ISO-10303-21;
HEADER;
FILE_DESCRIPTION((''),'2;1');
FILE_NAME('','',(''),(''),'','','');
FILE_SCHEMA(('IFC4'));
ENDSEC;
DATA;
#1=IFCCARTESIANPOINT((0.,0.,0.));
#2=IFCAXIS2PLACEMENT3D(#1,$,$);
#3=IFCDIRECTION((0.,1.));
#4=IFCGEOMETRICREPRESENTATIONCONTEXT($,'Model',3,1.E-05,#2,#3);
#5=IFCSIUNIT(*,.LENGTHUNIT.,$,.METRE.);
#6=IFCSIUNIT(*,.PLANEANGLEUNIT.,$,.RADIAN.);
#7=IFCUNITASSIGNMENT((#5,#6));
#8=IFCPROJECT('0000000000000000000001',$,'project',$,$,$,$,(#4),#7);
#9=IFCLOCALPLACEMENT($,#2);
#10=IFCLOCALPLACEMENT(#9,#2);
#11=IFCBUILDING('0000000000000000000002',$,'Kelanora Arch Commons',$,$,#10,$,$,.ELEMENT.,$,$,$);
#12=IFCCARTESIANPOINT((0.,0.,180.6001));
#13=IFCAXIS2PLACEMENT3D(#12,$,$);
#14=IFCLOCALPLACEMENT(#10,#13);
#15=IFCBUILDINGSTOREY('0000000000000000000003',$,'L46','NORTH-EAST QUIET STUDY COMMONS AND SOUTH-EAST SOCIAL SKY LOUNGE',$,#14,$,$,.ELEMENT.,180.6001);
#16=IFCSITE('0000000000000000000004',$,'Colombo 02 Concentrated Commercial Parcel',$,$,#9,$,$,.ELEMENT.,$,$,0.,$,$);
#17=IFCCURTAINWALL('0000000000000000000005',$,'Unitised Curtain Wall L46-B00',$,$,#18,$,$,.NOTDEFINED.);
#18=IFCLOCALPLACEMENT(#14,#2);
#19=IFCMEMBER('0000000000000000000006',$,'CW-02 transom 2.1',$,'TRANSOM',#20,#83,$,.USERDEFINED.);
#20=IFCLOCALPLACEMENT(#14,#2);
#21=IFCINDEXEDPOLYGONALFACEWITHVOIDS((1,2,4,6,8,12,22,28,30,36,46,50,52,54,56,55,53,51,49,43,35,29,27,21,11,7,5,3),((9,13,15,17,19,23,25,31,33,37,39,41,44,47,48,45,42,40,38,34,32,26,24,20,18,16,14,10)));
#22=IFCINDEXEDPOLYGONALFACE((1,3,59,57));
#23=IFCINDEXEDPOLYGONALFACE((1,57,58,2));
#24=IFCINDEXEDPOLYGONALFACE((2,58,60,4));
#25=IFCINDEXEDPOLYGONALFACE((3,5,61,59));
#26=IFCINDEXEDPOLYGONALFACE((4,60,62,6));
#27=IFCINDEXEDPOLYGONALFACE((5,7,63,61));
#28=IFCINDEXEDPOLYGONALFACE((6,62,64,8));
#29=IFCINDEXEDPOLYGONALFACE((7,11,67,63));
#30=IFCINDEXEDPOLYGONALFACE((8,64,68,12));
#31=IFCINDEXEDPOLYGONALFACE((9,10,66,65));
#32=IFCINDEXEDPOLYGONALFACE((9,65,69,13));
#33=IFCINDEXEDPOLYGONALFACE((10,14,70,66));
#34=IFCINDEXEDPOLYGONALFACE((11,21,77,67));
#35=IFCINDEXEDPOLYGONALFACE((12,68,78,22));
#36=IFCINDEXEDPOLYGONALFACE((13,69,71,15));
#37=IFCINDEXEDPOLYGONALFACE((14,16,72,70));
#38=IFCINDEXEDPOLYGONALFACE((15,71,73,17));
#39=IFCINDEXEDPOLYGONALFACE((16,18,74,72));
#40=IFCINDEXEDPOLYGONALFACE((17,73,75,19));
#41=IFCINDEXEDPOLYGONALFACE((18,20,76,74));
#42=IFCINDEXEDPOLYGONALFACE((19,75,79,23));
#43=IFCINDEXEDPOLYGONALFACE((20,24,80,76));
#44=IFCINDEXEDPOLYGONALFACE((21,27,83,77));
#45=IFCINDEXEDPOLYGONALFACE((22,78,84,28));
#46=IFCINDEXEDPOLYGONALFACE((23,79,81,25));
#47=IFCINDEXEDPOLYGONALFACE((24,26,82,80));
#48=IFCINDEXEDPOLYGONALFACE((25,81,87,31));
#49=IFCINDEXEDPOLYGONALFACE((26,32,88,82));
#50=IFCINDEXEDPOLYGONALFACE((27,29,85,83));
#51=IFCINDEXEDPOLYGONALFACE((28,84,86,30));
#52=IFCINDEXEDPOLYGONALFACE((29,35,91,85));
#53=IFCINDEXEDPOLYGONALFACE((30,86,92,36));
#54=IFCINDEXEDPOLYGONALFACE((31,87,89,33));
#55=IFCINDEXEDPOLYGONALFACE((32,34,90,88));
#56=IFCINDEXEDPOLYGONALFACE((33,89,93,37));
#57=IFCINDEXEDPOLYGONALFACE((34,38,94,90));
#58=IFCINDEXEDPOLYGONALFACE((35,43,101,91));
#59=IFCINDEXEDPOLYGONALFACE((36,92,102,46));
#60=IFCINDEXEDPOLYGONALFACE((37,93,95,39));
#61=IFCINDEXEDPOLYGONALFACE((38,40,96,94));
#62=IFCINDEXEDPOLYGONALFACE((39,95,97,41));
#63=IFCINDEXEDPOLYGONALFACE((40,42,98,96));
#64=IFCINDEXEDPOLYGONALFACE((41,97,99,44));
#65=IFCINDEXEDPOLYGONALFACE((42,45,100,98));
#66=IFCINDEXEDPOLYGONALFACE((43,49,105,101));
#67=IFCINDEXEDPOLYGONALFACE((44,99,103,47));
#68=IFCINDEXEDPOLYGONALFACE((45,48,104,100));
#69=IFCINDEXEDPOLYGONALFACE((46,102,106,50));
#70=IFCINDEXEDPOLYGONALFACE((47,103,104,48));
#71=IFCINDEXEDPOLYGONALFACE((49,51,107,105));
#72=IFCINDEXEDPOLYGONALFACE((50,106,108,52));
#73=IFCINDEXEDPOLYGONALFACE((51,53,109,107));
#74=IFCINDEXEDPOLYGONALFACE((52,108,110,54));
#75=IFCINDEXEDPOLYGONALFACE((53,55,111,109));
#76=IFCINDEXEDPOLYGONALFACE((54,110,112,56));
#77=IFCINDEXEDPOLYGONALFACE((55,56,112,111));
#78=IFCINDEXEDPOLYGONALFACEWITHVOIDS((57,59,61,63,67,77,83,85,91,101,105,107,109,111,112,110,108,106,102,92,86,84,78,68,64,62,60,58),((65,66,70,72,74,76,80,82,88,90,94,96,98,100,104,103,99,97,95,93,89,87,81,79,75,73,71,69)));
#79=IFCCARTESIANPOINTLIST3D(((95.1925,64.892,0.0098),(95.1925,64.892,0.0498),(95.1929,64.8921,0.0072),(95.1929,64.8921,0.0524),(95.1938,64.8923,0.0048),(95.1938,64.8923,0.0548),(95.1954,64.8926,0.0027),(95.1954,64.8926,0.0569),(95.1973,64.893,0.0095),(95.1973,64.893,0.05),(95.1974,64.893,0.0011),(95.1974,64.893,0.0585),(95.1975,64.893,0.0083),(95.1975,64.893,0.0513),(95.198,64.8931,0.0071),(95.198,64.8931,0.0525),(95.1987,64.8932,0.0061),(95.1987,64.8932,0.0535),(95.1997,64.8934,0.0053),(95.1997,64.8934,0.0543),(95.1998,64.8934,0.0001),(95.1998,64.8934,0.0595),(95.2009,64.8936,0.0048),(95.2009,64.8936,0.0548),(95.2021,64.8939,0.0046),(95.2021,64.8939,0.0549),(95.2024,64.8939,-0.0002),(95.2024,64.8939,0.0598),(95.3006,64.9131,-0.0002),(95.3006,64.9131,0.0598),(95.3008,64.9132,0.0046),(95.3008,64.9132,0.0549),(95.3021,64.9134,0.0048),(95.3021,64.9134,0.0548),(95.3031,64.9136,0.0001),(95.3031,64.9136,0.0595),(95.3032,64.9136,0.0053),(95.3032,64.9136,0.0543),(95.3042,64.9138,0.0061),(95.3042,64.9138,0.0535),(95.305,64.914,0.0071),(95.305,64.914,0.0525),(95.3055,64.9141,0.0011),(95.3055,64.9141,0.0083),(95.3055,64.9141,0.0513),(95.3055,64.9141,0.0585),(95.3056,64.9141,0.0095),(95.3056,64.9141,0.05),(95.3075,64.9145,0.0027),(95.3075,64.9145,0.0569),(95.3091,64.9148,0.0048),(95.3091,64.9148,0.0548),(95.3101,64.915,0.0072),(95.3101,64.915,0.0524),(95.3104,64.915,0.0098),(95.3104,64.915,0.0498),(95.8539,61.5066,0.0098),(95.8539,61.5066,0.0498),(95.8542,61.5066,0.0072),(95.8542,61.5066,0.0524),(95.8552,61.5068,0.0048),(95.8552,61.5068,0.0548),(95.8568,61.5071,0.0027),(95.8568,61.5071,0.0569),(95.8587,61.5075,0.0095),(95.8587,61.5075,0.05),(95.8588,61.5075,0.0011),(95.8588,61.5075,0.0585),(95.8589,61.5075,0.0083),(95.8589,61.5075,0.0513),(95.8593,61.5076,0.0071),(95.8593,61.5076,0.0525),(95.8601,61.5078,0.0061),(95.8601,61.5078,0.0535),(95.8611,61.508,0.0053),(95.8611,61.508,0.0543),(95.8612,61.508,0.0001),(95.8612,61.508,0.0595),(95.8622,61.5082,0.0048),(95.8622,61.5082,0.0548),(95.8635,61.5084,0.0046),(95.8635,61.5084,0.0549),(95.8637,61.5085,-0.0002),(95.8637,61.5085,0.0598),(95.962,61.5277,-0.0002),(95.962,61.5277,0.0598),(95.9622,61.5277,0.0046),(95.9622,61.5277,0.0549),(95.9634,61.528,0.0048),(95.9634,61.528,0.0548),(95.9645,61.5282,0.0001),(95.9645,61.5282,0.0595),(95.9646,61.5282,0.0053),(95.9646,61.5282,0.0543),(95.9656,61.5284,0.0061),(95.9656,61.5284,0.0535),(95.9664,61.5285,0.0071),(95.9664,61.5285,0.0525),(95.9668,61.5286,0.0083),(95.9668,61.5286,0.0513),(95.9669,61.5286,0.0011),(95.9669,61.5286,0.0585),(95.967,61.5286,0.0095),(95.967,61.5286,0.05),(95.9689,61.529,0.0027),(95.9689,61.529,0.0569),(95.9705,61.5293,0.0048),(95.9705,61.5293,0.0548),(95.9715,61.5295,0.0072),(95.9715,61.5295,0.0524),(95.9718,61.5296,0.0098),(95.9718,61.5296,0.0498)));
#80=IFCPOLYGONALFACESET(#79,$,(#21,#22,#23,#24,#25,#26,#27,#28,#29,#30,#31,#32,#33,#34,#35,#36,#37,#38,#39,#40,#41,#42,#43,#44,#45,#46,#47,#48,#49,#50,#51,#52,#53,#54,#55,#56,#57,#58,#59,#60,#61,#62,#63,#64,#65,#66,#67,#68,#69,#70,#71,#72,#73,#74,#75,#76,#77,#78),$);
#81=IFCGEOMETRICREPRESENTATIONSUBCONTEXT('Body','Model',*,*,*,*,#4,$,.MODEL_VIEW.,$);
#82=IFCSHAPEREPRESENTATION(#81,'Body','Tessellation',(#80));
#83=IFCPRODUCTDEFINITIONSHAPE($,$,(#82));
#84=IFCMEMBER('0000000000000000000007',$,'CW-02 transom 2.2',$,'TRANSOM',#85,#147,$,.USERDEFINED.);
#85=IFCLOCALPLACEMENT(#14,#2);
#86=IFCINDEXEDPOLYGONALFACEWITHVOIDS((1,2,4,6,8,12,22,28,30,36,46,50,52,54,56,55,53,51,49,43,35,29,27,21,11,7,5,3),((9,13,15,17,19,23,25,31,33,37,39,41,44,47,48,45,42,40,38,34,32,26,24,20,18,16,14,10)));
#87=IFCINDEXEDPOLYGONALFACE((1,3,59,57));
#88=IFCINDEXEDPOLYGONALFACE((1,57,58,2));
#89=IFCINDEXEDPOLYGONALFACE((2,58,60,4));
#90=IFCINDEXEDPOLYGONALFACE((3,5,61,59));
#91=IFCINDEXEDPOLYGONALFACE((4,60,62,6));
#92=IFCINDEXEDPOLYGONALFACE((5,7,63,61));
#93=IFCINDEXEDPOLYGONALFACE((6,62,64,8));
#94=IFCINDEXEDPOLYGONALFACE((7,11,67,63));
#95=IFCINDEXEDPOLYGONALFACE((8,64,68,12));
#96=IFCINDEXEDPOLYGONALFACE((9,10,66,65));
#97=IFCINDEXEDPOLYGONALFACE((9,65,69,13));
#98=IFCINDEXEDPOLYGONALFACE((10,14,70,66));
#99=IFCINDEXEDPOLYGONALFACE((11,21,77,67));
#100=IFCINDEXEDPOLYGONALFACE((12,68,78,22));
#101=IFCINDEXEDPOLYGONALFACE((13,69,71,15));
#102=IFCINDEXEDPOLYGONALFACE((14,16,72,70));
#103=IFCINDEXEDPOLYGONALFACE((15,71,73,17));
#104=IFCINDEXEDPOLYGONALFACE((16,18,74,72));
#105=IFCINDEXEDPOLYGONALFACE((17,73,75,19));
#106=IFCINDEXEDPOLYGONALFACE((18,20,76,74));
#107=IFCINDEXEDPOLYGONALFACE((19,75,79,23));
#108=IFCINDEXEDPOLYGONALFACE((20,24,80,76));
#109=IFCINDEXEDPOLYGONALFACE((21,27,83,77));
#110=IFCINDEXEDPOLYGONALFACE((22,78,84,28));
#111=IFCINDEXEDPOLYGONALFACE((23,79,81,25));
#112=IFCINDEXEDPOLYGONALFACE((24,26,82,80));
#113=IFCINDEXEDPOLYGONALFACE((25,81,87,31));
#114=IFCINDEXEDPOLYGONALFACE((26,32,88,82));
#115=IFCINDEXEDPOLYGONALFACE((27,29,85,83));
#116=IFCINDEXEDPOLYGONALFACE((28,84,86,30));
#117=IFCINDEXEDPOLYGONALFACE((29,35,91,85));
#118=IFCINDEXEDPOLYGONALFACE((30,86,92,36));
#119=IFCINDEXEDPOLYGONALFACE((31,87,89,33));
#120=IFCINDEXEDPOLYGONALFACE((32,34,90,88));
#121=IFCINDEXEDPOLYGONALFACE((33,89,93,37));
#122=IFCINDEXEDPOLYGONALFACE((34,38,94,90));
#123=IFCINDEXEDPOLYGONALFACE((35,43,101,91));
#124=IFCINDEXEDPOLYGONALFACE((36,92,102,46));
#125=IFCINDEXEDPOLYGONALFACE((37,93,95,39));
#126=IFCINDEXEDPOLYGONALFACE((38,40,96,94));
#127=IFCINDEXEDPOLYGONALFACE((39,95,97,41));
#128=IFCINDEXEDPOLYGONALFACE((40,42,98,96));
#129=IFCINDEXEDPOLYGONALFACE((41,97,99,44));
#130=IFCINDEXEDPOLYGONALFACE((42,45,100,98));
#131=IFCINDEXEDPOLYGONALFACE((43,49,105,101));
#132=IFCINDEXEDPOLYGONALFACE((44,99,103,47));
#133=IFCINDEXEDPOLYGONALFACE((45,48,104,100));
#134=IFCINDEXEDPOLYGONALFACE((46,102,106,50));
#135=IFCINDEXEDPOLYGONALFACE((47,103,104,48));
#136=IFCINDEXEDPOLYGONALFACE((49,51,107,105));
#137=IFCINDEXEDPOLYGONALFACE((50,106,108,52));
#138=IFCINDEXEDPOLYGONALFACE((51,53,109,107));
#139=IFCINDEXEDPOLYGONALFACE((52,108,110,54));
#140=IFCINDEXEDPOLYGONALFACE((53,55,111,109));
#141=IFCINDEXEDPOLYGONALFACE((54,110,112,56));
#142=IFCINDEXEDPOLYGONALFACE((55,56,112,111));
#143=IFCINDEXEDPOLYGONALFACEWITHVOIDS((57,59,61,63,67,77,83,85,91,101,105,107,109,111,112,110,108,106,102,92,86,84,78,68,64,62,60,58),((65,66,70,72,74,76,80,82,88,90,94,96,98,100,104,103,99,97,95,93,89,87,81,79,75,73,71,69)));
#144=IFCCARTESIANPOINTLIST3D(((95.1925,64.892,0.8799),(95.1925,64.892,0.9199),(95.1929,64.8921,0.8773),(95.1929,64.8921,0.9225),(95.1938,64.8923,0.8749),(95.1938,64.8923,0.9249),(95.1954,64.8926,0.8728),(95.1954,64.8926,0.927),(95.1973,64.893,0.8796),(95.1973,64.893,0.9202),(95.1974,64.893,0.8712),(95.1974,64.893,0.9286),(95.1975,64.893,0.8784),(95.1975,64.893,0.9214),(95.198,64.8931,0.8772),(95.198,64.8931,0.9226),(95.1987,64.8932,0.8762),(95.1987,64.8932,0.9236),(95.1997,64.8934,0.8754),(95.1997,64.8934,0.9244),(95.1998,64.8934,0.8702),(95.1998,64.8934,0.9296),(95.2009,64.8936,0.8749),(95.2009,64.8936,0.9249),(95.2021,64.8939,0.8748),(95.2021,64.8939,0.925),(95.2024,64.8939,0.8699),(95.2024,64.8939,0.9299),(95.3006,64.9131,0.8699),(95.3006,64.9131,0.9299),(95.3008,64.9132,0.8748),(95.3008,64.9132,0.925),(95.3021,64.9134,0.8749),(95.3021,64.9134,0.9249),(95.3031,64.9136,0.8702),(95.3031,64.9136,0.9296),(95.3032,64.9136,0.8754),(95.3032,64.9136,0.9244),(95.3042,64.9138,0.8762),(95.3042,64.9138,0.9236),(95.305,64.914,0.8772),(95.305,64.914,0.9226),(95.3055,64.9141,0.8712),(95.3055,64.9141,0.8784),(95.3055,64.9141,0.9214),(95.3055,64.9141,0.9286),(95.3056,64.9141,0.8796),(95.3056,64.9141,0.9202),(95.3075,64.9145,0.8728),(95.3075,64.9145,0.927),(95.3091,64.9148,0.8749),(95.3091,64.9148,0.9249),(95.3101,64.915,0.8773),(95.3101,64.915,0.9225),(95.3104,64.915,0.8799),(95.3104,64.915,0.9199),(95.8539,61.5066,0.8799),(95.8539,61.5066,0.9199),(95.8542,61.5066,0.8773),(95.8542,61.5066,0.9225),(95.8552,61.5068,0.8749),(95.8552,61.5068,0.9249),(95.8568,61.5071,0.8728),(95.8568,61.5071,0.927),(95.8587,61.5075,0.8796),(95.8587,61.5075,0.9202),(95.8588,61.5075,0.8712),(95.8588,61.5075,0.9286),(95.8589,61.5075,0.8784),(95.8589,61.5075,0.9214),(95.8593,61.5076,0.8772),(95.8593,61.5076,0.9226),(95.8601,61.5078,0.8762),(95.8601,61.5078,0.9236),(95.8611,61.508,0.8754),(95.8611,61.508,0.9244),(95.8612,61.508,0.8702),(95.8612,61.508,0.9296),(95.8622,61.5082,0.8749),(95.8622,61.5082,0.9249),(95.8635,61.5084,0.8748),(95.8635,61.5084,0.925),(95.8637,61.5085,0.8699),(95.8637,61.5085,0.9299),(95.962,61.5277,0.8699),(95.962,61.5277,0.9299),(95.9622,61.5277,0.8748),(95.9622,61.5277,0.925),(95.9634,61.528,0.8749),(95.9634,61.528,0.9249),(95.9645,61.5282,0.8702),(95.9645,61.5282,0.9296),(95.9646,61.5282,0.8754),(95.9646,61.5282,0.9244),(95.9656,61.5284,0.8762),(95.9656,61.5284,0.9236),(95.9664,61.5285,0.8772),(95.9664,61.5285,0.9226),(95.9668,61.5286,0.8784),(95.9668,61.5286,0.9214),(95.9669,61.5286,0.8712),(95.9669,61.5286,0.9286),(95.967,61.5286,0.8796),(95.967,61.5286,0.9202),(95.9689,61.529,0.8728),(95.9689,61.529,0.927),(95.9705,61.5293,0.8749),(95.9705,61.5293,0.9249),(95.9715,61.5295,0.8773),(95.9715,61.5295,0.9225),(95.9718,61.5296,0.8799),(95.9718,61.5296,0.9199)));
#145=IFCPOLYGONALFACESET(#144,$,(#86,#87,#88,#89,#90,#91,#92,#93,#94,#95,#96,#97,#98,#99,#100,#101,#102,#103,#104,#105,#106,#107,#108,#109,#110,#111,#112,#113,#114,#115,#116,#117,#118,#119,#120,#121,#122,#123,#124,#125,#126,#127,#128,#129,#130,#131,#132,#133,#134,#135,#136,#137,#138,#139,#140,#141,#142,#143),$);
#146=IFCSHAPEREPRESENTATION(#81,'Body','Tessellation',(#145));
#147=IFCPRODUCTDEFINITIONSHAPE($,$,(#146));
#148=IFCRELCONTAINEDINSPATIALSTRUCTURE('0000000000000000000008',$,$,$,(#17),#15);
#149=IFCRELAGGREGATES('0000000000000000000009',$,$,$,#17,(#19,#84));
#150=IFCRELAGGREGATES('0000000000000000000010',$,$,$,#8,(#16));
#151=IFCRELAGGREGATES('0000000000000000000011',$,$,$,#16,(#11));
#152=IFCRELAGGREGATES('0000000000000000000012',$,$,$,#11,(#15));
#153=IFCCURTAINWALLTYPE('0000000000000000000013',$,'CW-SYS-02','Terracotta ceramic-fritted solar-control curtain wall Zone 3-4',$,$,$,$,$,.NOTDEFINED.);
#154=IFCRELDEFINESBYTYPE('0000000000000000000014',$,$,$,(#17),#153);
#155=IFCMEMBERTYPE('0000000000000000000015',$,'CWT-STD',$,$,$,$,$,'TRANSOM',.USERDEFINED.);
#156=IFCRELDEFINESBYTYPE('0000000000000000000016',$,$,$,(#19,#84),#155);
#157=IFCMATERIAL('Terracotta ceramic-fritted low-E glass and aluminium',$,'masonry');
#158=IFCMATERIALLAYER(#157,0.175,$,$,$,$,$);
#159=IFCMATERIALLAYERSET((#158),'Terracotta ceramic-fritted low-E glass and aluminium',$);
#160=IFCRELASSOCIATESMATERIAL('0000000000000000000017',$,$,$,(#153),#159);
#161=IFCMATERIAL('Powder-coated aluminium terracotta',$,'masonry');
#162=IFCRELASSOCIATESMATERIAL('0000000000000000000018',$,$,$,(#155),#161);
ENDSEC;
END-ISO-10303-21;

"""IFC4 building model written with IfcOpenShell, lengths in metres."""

from ifc_helpers import new_model, si_unit, direction, frame, origin, origin_2d, place, context, subcontext, project, spatial, hollow_rectangle, extrude, material, layer, layer_set, material_profile, profile_set, type_object, element, aggregate, save


model = new_model("IFC4")

# Units and contexts
model_context = context("Model", 3, precision=1e-05, world=origin(), true_north=direction((0.0, 1.0)))
body_context = subcontext(model_context, "Body", "Model", "MODEL_VIEW")
ifc_project = project(units=[si_unit("LENGTHUNIT", "METRE"), si_unit("PLANEANGLEUNIT", "RADIAN")], contexts=[model_context])

# Site, building, storey
site_placement = place(None, origin())
site = spatial("IfcSite", under=ifc_project, at=site_placement, Name="Colombo 02 Concentrated Commercial Parcel", CompositionType="ELEMENT", RefElevation=0.0)
building_placement = place(site_placement, origin())
building = spatial("IfcBuilding", under=site, at=building_placement, Name="Kelanora Arch Commons", CompositionType="ELEMENT")
storey_placement = place(building_placement, frame((0.0, 0.0, 180.6001)))
storey = spatial("IfcBuildingStorey", under=building, at=storey_placement, Name="L46", Description="NORTH-EAST QUIET STUDY COMMONS AND SOUTH-EAST SOCIAL SKY LOUNGE", CompositionType="ELEMENT", Elevation=180.6001)

# Curtain wall, members
ifc_material_1 = material(Name="Terracotta ceramic-fritted low-E glass and aluminium", Category="masonry")
ifc_layer_1 = layer(ifc_material_1, 0.175)
ifc_layer_set_1 = layer_set([ifc_layer_1], Name="Terracotta ceramic-fritted low-E glass and aluminium")
curtain_wall_type = type_object("IfcCurtainWallType", Name="CW-SYS-02", Description="Terracotta ceramic-fritted solar-control curtain wall Zone 3-4", PredefinedType="NOTDEFINED", material=ifc_layer_set_1)
curtain_wall_placement = place(storey_placement, origin())
curtain_wall = element("IfcCurtainWall", 1, at=curtain_wall_placement, inside=storey, type_object=curtain_wall_type, Name="Unitised Curtain Wall L46-B00", PredefinedType="NOTDEFINED")
ifc_material_2 = material(Name="Powder-coated aluminium terracotta", Category="masonry")
ifc_material_profile_1 = material_profile(ifc_material_2, hollow_rectangle(XDim=0.1201, YDim=0.0601, WallThickness=0.0049, InnerFilletRadius=0.0049, OuterFilletRadius=0.01, at=origin_2d()), Name="CWT120x60")
ifc_profile_set_1 = profile_set([ifc_material_profile_1], Name="Powder-coated aluminium terracotta")
member_type_1 = type_object("IfcMemberType", Name="CWT-STD", ElementType="TRANSOM", PredefinedType="USERDEFINED", material=ifc_profile_set_1)
member_1_placement = place(storey_placement, frame((95.9128, 61.5181, 0.0298), z_axis=(-0.191732, 0.981447, 0.0), x_axis=(-0.981447, -0.191732, 0.0)))
member_1 = element("IfcMember", 2, at=member_1_placement, type_object=member_type_1, Name="CW-02 transom 2.1", ObjectType="TRANSOM", PredefinedType="USERDEFINED", context=body_context, shape_type="SweptSolid", body=[
    extrude(hollow_rectangle(XDim=0.1201, YDim=0.0601, WallThickness=0.0049, InnerFilletRadius=0.0049, OuterFilletRadius=0.01, at=origin_2d()), origin(), (0.0, 0.0, 1.0), 3.4495),
])
member_2_placement = place(storey_placement, frame((95.9128, 61.5181, 0.8999), z_axis=(-0.191732, 0.981447, 0.0), x_axis=(-0.981447, -0.191732, 0.0)))
member_2 = element("IfcMember", 3, at=member_2_placement, type_object=member_type_1, Name="CW-02 transom 2.2", ObjectType="TRANSOM", PredefinedType="USERDEFINED", context=body_context, shape_type="SweptSolid", body=[
    extrude(hollow_rectangle(XDim=0.1201, YDim=0.0601, WallThickness=0.0049, InnerFilletRadius=0.0049, OuterFilletRadius=0.01, at=origin_2d()), origin(), (0.0, 0.0, 1.0), 3.4495),
])
aggregate(curtain_wall, [member_1, member_2])

save(model, "model.ifc")
